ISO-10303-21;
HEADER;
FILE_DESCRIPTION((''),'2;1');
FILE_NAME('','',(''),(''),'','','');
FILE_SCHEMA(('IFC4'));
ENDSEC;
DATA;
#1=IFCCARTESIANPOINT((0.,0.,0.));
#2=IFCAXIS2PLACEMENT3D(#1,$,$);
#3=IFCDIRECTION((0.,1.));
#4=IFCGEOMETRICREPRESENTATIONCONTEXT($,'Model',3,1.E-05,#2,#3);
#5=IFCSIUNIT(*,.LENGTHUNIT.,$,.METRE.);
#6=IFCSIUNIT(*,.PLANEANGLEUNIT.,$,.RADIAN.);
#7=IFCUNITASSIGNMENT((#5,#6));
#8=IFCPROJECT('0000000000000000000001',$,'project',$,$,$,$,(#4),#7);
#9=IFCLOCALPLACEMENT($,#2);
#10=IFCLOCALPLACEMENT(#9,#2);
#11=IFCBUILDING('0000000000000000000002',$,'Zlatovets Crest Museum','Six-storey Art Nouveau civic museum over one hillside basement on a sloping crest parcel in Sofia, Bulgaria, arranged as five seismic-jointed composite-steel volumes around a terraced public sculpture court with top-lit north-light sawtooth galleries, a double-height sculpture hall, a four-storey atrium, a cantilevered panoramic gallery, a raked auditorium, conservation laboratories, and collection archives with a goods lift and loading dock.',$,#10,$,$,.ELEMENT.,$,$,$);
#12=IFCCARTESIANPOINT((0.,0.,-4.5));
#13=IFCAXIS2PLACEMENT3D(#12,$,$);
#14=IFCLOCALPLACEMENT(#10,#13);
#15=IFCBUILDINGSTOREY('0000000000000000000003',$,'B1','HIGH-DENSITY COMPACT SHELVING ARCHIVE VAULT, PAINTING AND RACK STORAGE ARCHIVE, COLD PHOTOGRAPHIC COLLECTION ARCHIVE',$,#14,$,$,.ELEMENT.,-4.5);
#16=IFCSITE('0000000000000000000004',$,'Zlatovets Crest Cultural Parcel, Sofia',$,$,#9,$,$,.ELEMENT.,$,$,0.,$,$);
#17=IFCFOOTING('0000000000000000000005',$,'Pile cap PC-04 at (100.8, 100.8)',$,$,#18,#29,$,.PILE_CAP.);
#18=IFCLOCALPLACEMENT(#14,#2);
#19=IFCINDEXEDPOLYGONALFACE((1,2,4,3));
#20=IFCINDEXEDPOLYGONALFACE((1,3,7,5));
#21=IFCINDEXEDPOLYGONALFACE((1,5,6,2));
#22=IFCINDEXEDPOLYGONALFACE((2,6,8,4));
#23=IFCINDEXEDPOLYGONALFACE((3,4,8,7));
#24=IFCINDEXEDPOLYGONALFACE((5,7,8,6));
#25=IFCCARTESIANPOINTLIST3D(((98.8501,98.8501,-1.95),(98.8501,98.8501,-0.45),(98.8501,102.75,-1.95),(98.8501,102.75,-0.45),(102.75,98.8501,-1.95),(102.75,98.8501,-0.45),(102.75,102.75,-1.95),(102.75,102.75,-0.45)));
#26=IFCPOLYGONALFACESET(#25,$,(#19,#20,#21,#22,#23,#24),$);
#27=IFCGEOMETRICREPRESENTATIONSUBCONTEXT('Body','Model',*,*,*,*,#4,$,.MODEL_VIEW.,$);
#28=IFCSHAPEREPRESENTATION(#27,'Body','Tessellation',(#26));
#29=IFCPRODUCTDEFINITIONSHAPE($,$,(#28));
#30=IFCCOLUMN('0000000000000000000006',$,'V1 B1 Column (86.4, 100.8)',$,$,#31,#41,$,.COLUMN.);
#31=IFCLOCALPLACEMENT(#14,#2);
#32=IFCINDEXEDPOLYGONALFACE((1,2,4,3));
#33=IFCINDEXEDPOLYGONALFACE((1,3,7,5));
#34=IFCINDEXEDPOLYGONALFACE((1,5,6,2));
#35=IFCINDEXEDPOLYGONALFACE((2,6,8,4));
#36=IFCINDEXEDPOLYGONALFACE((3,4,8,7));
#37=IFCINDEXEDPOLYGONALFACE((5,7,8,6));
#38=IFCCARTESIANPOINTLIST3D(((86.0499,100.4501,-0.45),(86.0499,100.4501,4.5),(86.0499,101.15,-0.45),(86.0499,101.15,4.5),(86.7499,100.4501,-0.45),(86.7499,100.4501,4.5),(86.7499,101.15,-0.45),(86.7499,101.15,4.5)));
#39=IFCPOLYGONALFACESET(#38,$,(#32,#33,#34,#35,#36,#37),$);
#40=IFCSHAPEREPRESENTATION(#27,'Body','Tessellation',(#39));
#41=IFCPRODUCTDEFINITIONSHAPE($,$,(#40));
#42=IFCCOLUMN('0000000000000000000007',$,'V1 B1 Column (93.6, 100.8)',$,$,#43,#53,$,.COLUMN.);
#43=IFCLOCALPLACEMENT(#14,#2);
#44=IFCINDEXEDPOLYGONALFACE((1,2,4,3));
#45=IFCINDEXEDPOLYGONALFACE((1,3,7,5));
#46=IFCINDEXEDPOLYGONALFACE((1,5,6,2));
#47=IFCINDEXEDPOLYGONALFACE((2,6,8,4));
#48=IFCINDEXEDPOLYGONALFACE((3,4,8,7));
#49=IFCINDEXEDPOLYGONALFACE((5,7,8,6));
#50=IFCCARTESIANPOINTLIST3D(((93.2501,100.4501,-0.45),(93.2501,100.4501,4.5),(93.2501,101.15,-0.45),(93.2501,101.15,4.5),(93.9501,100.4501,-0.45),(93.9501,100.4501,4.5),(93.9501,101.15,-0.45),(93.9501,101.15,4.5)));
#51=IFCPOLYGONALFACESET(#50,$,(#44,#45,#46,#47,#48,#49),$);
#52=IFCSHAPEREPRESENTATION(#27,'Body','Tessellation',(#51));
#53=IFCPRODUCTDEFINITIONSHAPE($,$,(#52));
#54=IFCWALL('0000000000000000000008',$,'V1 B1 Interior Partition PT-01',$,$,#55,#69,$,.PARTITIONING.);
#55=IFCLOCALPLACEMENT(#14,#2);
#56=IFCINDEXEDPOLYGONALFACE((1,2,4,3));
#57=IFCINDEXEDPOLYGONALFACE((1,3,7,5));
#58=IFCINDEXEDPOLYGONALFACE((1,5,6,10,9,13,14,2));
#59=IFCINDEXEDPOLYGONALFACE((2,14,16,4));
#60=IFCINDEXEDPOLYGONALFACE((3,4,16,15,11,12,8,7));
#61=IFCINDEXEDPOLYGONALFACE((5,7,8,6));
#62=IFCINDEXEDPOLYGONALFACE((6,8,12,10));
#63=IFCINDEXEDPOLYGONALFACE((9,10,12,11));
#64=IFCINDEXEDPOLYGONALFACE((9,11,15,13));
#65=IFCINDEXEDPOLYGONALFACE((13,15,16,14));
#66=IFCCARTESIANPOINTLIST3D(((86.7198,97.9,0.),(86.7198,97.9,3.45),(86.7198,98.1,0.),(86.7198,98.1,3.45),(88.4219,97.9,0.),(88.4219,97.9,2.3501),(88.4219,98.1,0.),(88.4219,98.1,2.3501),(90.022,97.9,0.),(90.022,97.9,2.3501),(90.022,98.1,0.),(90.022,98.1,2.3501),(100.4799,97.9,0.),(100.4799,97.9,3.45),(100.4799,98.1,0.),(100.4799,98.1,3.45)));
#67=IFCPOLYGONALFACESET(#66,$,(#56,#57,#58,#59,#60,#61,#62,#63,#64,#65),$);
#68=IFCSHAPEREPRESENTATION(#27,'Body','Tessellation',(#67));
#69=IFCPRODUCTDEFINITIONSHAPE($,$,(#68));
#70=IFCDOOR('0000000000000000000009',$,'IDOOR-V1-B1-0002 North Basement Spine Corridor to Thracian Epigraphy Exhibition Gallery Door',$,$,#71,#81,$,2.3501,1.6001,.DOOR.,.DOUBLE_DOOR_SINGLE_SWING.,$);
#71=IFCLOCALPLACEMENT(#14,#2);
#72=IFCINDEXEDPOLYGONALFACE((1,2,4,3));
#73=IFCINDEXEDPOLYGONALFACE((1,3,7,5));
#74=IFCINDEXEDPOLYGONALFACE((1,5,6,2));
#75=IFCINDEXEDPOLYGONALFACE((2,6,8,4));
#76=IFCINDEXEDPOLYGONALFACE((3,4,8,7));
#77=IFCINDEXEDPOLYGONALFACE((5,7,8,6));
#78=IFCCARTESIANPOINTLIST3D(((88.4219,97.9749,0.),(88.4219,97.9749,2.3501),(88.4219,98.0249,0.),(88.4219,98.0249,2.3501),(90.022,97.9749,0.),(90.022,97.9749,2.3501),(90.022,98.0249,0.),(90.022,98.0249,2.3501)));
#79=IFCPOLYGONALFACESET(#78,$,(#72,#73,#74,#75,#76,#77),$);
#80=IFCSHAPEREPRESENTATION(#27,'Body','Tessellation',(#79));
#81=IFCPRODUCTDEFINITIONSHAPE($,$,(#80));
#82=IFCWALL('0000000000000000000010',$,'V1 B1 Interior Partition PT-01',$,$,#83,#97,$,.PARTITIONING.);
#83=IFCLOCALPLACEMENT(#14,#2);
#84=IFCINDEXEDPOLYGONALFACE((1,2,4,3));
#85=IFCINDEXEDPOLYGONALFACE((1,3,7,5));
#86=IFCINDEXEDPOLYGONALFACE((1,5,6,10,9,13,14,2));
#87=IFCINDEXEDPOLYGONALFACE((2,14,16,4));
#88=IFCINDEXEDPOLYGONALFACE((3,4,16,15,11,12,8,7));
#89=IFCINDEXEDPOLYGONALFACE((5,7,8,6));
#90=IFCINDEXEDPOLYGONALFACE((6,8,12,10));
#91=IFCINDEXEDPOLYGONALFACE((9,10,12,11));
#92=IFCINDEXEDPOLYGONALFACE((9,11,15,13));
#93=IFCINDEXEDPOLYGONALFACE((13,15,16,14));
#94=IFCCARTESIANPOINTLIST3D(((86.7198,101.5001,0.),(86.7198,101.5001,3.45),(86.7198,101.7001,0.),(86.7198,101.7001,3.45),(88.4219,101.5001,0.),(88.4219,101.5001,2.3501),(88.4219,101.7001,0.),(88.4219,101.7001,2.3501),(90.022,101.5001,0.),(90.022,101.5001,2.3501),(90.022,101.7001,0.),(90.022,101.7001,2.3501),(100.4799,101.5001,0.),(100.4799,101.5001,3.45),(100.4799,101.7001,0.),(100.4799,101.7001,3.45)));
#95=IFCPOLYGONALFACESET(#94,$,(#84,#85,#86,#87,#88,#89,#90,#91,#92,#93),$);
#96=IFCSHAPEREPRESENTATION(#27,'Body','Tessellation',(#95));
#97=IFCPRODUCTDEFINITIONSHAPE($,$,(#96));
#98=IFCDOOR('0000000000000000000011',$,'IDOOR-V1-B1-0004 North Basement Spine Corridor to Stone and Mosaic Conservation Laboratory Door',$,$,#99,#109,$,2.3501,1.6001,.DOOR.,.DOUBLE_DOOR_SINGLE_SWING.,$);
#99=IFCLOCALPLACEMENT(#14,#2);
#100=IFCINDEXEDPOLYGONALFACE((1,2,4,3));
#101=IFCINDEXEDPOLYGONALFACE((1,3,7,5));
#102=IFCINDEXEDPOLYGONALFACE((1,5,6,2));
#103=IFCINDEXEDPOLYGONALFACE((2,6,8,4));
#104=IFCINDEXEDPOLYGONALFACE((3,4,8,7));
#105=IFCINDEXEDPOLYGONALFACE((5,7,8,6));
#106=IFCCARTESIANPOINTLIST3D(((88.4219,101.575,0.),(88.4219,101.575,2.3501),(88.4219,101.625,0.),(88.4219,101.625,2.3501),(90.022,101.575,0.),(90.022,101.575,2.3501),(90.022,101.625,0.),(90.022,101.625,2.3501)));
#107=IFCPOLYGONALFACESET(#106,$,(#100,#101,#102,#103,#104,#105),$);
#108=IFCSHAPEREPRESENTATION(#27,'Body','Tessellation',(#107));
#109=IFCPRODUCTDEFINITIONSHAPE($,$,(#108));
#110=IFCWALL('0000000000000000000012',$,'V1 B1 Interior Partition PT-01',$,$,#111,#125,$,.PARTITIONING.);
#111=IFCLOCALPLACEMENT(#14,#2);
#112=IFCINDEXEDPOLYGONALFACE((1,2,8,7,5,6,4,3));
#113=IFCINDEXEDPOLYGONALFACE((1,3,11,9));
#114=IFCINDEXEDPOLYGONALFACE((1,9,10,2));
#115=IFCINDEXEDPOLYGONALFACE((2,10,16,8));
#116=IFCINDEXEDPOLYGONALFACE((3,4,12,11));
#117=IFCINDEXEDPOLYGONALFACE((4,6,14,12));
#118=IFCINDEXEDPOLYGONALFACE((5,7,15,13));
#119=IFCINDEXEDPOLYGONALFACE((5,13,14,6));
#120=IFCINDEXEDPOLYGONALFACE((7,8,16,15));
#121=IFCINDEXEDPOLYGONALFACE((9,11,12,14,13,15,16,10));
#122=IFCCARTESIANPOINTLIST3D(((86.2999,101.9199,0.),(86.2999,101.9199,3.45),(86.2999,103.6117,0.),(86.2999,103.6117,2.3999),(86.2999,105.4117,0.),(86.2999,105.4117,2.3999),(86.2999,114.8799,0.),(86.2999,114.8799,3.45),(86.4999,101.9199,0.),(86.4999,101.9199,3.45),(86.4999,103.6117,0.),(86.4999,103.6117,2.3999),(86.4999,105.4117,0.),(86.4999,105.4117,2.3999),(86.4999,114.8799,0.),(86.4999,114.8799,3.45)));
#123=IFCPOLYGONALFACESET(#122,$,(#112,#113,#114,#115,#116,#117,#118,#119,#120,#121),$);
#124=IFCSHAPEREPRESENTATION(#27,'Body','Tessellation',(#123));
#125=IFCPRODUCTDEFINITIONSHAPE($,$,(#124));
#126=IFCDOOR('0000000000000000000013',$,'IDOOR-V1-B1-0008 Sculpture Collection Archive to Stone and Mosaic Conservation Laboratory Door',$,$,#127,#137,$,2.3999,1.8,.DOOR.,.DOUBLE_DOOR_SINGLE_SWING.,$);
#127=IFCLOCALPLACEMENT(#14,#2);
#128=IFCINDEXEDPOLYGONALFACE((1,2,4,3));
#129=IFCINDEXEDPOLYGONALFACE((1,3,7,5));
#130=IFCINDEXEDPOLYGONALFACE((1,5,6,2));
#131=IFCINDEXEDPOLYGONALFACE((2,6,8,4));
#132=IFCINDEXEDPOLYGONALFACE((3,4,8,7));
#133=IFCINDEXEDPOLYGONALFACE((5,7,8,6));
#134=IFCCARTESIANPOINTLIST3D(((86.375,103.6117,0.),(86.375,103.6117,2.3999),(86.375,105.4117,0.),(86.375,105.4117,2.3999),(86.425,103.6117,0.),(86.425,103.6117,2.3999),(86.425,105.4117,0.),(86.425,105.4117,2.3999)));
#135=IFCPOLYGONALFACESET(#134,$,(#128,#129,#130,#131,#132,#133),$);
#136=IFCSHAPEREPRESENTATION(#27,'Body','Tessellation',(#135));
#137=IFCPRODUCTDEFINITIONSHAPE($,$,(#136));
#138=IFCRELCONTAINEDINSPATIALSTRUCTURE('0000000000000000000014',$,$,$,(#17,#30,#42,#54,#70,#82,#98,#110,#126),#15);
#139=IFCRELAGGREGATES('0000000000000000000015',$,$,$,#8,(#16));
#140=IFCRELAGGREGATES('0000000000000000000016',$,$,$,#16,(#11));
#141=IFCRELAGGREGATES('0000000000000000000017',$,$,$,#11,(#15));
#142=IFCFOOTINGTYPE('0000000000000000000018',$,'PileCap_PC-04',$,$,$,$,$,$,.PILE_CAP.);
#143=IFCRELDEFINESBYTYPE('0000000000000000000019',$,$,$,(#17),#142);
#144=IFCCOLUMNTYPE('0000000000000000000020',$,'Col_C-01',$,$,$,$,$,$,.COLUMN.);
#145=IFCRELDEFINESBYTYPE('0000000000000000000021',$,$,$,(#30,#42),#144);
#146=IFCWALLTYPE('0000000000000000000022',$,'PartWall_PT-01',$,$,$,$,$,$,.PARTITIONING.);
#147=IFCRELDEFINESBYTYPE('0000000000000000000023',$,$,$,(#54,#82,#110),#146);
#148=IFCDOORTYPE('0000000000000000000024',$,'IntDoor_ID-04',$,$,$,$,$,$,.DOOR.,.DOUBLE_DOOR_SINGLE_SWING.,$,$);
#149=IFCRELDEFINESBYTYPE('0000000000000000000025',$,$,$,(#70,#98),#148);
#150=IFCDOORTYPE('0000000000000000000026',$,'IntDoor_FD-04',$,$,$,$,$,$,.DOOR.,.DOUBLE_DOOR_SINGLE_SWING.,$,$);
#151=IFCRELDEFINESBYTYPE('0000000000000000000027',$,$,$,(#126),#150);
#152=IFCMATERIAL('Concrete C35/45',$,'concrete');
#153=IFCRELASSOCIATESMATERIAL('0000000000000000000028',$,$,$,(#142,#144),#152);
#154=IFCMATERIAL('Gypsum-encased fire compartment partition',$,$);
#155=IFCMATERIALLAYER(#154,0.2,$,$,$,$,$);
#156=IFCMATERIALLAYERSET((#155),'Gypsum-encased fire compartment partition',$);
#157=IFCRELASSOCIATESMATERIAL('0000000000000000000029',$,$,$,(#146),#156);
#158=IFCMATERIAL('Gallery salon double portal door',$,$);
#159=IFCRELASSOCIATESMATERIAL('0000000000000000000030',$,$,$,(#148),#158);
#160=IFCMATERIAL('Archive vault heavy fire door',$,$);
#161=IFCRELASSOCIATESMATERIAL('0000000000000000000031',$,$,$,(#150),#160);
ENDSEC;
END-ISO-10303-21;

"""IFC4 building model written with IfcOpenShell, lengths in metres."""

from ifc_helpers import new_model, si_unit, direction, frame, frame_2d, origin, origin_2d, place, context, subcontext, project, spatial, rectangle, extrude, material, layer, layer_set, material_profile, profile_set, type_object, element, fill, save


model = new_model("IFC4")

# Units and contexts
model_context = context("Model", 3, precision=1e-05, world=origin(), true_north=direction((0.0, 1.0)))
body_context = subcontext(model_context, "Body", "Model", "MODEL_VIEW")
ifc_project = project(units=[si_unit("LENGTHUNIT", "METRE"), si_unit("PLANEANGLEUNIT", "RADIAN")], contexts=[model_context])

# Site, building, storey
site_placement = place(None, origin())
site = spatial("IfcSite", under=ifc_project, at=site_placement, Name="Zlatovets Crest Cultural Parcel, Sofia", CompositionType="ELEMENT", RefElevation=0.0)
building_placement = place(site_placement, origin())
building = spatial("IfcBuilding", under=site, at=building_placement, Name="Zlatovets Crest Museum", Description="Six-storey Art Nouveau civic museum over one hillside basement on a sloping crest parcel in Sofia, Bulgaria, arranged as five seismic-jointed composite-steel volumes around a terraced public sculpture court with top-lit north-light sawtooth galleries, a double-height sculpture hall, a four-storey atrium, a cantilevered panoramic gallery, a raked auditorium, conservation laboratories, and collection archives with a goods lift and loading dock.", CompositionType="ELEMENT")
storey_placement = place(building_placement, frame((0.0, 0.0, -4.5)))
storey = spatial("IfcBuildingStorey", under=building, at=storey_placement, Name="B1", Description="HIGH-DENSITY COMPACT SHELVING ARCHIVE VAULT, PAINTING AND RACK STORAGE ARCHIVE, COLD PHOTOGRAPHIC COLLECTION ARCHIVE", CompositionType="ELEMENT", Elevation=-4.5)

# Shared definitions
ifc_material_1 = material(Name="Concrete C35/45", Category="concrete")

# Footing
footing_type = type_object("IfcFootingType", Name="PileCap_PC-04", PredefinedType="PILE_CAP", material=ifc_material_1)
for number, where, z_axis, x_axis, name in (
    (1, (100.8, 100.8, -1.95), (0.0, 0.0, 1.0), (1.0, 0.0, 0.0), "Pile cap PC-04 at (100.8, 100.8)"),
):
    element("IfcFooting", number, at=place(storey_placement, frame(where, z_axis=z_axis, x_axis=x_axis)), inside=storey, type_object=footing_type, Name=name, PredefinedType="PILE_CAP", context=body_context, shape_type="SweptSolid", body=[
        extrude(rectangle(XDim=3.8999, YDim=3.8999, at=origin_2d()), origin(), (0.0, 0.0, 1.0), 1.5),
    ])

# Columns
ifc_material_profile_1 = material_profile(ifc_material_1, rectangle(XDim=0.7, YDim=0.7, at=origin_2d()), Name="RC 700x700")
ifc_profile_set_1 = profile_set([ifc_material_profile_1], Name="Concrete C35/45")
column_type = type_object("IfcColumnType", Name="Col_C-01", PredefinedType="COLUMN", material=ifc_profile_set_1)
for number, where, z_axis, x_axis, name in (
    (2, (86.3999, 100.8, -0.45), (0.0, 0.0, 1.0), (1.0, 0.0, 0.0), "V1 B1 Column (86.4, 100.8)"),
    (3, (93.6001, 100.8, -0.45), (0.0, 0.0, 1.0), (0.0, 1.0, 0.0), "V1 B1 Column (93.6, 100.8)"),
):
    element("IfcColumn", number, at=place(storey_placement, frame(where, z_axis=z_axis, x_axis=x_axis)), inside=storey, type_object=column_type, Name=name, PredefinedType="COLUMN", context=body_context, shape_type="SweptSolid", body=[
        extrude(rectangle(XDim=0.7, YDim=0.7, at=origin_2d()), origin(), (0.0, 0.0, 1.0), 4.95),
    ])

# Walls, openings, doors
ifc_material_2 = material(Name="Gypsum-encased fire compartment partition")
ifc_layer = layer(ifc_material_2, 0.2)
ifc_layer_set = layer_set([ifc_layer], Name="Gypsum-encased fire compartment partition")
wall_type = type_object("IfcWallType", Name="PartWall_PT-01", PredefinedType="PARTITIONING", material=ifc_layer_set)
wall_1_placement = place(storey_placement, frame((86.72, 98.0, 0.0), z_axis=(0.0, 0.0, 1.0), x_axis=(1.0, 0.0, 0.0)))
wall_1 = element("IfcWall", 4, at=wall_1_placement, inside=storey, type_object=wall_type, Name="V1 B1 Interior Partition PT-01", PredefinedType="PARTITIONING", context=body_context, shape_type="SweptSolid", body=[
    extrude(rectangle(XDim=13.76, YDim=0.2, at=frame_2d((6.8799, 0.0))), origin(), (0.0, 0.0, 1.0), 3.45),
])
opening_1_placement = place(wall_1_placement, frame((1.7019, 0.0, 0.0)))
opening_1 = element("IfcOpeningElement", 5, at=opening_1_placement, cuts=wall_1, PredefinedType="OPENING", context=body_context, shape_type="SweptSolid", body=[
    extrude(rectangle(XDim=1.6001, YDim=2.3501, at=frame_2d((0.8, 1.175))), frame((0.0, 0.1099, 0.0), z_axis=(0.0, -1.0, 0.0), x_axis=(1.0, 0.0, 0.0)), (0.0, 0.0, 1.0), 0.22),
])
ifc_material_3 = material(Name="Gallery salon double portal door")
door_type_1 = type_object("IfcDoorType", Name="IntDoor_ID-04", OperationType="DOUBLE_DOOR_SINGLE_SWING", PredefinedType="DOOR", material=ifc_material_3)
door_1_placement = place(opening_1_placement, origin())
door_1 = element("IfcDoor", 6, at=door_1_placement, inside=storey, type_object=door_type_1, Name="IDOOR-V1-B1-0002 North Basement Spine Corridor to Thracian Epigraphy Exhibition Gallery Door", OperationType="DOUBLE_DOOR_SINGLE_SWING", OverallHeight=2.3501, OverallWidth=1.6001, PredefinedType="DOOR", context=body_context, shape_type="SweptSolid", body=[
    extrude(rectangle(XDim=1.6001, YDim=2.3501, at=frame_2d((0.8, 1.175))), frame((0.0, 0.0249, 0.0), z_axis=(0.0, -1.0, 0.0), x_axis=(1.0, 0.0, 0.0)), (0.0, 0.0, 1.0), 0.05),
])
fill(opening_1, door_1)
wall_2_placement = place(storey_placement, frame((86.72, 101.6001, 0.0), z_axis=(0.0, 0.0, 1.0), x_axis=(1.0, 0.0, 0.0)))
wall_2 = element("IfcWall", 7, at=wall_2_placement, inside=storey, type_object=wall_type, Name="V1 B1 Interior Partition PT-01", PredefinedType="PARTITIONING", context=body_context, shape_type="SweptSolid", body=[
    extrude(rectangle(XDim=13.76, YDim=0.2, at=frame_2d((6.8799, 0.0))), origin(), (0.0, 0.0, 1.0), 3.45),
])
opening_2_placement = place(wall_2_placement, frame((1.7019, 0.0, 0.0)))
opening_2 = element("IfcOpeningElement", 8, at=opening_2_placement, cuts=wall_2, PredefinedType="OPENING", context=body_context, shape_type="SweptSolid", body=[
    extrude(rectangle(XDim=1.6001, YDim=2.3501, at=frame_2d((0.8, 1.175))), frame((0.0, 0.1099, 0.0), z_axis=(0.0, -1.0, 0.0), x_axis=(1.0, 0.0, 0.0)), (0.0, 0.0, 1.0), 0.22),
])
door_2_placement = place(opening_2_placement, origin())
door_2 = element("IfcDoor", 9, at=door_2_placement, inside=storey, type_object=door_type_1, Name="IDOOR-V1-B1-0004 North Basement Spine Corridor to Stone and Mosaic Conservation Laboratory Door", OperationType="DOUBLE_DOOR_SINGLE_SWING", OverallHeight=2.3501, OverallWidth=1.6001, PredefinedType="DOOR", context=body_context, shape_type="SweptSolid", body=[
    extrude(rectangle(XDim=1.6001, YDim=2.3501, at=frame_2d((0.8, 1.175))), frame((0.0, 0.0249, 0.0), z_axis=(0.0, -1.0, 0.0), x_axis=(1.0, 0.0, 0.0)), (0.0, 0.0, 1.0), 0.05),
])
fill(opening_2, door_2)
wall_3_placement = place(storey_placement, frame((86.3999, 101.9199, 0.0), z_axis=(0.0, 0.0, 1.0), x_axis=(0.0, 1.0, 0.0)))
wall_3 = element("IfcWall", 10, at=wall_3_placement, inside=storey, type_object=wall_type, Name="V1 B1 Interior Partition PT-01", PredefinedType="PARTITIONING", context=body_context, shape_type="SweptSolid", body=[
    extrude(rectangle(XDim=12.96, YDim=0.2, at=frame_2d((6.48, 0.0))), origin(), (0.0, 0.0, 1.0), 3.45),
])
opening_3_placement = place(wall_3_placement, frame((1.6919, 0.0, 0.0)))
opening_3 = element("IfcOpeningElement", 11, at=opening_3_placement, cuts=wall_3, PredefinedType="OPENING", context=body_context, shape_type="SweptSolid", body=[
    extrude(rectangle(XDim=1.8, YDim=2.3999, at=frame_2d((0.8999, 1.2))), frame((0.0, 0.1099, 0.0), z_axis=(0.0, -1.0, 0.0), x_axis=(1.0, 0.0, 0.0)), (0.0, 0.0, 1.0), 0.22),
])
ifc_material_4 = material(Name="Archive vault heavy fire door")
door_type_2 = type_object("IfcDoorType", Name="IntDoor_FD-04", OperationType="DOUBLE_DOOR_SINGLE_SWING", PredefinedType="DOOR", material=ifc_material_4)
door_3_placement = place(opening_3_placement, origin())
door_3 = element("IfcDoor", 12, at=door_3_placement, inside=storey, type_object=door_type_2, Name="IDOOR-V1-B1-0008 Sculpture Collection Archive to Stone and Mosaic Conservation Laboratory Door", OperationType="DOUBLE_DOOR_SINGLE_SWING", OverallHeight=2.3999, OverallWidth=1.8, PredefinedType="DOOR", context=body_context, shape_type="SweptSolid", body=[
    extrude(rectangle(XDim=1.8, YDim=2.3999, at=frame_2d((0.8999, 1.2))), frame((0.0, 0.0249, 0.0), z_axis=(0.0, -1.0, 0.0), x_axis=(1.0, 0.0, 0.0)), (0.0, 0.0, 1.0), 0.05),
])
fill(opening_3, door_3)

save(model, "model.ifc")
